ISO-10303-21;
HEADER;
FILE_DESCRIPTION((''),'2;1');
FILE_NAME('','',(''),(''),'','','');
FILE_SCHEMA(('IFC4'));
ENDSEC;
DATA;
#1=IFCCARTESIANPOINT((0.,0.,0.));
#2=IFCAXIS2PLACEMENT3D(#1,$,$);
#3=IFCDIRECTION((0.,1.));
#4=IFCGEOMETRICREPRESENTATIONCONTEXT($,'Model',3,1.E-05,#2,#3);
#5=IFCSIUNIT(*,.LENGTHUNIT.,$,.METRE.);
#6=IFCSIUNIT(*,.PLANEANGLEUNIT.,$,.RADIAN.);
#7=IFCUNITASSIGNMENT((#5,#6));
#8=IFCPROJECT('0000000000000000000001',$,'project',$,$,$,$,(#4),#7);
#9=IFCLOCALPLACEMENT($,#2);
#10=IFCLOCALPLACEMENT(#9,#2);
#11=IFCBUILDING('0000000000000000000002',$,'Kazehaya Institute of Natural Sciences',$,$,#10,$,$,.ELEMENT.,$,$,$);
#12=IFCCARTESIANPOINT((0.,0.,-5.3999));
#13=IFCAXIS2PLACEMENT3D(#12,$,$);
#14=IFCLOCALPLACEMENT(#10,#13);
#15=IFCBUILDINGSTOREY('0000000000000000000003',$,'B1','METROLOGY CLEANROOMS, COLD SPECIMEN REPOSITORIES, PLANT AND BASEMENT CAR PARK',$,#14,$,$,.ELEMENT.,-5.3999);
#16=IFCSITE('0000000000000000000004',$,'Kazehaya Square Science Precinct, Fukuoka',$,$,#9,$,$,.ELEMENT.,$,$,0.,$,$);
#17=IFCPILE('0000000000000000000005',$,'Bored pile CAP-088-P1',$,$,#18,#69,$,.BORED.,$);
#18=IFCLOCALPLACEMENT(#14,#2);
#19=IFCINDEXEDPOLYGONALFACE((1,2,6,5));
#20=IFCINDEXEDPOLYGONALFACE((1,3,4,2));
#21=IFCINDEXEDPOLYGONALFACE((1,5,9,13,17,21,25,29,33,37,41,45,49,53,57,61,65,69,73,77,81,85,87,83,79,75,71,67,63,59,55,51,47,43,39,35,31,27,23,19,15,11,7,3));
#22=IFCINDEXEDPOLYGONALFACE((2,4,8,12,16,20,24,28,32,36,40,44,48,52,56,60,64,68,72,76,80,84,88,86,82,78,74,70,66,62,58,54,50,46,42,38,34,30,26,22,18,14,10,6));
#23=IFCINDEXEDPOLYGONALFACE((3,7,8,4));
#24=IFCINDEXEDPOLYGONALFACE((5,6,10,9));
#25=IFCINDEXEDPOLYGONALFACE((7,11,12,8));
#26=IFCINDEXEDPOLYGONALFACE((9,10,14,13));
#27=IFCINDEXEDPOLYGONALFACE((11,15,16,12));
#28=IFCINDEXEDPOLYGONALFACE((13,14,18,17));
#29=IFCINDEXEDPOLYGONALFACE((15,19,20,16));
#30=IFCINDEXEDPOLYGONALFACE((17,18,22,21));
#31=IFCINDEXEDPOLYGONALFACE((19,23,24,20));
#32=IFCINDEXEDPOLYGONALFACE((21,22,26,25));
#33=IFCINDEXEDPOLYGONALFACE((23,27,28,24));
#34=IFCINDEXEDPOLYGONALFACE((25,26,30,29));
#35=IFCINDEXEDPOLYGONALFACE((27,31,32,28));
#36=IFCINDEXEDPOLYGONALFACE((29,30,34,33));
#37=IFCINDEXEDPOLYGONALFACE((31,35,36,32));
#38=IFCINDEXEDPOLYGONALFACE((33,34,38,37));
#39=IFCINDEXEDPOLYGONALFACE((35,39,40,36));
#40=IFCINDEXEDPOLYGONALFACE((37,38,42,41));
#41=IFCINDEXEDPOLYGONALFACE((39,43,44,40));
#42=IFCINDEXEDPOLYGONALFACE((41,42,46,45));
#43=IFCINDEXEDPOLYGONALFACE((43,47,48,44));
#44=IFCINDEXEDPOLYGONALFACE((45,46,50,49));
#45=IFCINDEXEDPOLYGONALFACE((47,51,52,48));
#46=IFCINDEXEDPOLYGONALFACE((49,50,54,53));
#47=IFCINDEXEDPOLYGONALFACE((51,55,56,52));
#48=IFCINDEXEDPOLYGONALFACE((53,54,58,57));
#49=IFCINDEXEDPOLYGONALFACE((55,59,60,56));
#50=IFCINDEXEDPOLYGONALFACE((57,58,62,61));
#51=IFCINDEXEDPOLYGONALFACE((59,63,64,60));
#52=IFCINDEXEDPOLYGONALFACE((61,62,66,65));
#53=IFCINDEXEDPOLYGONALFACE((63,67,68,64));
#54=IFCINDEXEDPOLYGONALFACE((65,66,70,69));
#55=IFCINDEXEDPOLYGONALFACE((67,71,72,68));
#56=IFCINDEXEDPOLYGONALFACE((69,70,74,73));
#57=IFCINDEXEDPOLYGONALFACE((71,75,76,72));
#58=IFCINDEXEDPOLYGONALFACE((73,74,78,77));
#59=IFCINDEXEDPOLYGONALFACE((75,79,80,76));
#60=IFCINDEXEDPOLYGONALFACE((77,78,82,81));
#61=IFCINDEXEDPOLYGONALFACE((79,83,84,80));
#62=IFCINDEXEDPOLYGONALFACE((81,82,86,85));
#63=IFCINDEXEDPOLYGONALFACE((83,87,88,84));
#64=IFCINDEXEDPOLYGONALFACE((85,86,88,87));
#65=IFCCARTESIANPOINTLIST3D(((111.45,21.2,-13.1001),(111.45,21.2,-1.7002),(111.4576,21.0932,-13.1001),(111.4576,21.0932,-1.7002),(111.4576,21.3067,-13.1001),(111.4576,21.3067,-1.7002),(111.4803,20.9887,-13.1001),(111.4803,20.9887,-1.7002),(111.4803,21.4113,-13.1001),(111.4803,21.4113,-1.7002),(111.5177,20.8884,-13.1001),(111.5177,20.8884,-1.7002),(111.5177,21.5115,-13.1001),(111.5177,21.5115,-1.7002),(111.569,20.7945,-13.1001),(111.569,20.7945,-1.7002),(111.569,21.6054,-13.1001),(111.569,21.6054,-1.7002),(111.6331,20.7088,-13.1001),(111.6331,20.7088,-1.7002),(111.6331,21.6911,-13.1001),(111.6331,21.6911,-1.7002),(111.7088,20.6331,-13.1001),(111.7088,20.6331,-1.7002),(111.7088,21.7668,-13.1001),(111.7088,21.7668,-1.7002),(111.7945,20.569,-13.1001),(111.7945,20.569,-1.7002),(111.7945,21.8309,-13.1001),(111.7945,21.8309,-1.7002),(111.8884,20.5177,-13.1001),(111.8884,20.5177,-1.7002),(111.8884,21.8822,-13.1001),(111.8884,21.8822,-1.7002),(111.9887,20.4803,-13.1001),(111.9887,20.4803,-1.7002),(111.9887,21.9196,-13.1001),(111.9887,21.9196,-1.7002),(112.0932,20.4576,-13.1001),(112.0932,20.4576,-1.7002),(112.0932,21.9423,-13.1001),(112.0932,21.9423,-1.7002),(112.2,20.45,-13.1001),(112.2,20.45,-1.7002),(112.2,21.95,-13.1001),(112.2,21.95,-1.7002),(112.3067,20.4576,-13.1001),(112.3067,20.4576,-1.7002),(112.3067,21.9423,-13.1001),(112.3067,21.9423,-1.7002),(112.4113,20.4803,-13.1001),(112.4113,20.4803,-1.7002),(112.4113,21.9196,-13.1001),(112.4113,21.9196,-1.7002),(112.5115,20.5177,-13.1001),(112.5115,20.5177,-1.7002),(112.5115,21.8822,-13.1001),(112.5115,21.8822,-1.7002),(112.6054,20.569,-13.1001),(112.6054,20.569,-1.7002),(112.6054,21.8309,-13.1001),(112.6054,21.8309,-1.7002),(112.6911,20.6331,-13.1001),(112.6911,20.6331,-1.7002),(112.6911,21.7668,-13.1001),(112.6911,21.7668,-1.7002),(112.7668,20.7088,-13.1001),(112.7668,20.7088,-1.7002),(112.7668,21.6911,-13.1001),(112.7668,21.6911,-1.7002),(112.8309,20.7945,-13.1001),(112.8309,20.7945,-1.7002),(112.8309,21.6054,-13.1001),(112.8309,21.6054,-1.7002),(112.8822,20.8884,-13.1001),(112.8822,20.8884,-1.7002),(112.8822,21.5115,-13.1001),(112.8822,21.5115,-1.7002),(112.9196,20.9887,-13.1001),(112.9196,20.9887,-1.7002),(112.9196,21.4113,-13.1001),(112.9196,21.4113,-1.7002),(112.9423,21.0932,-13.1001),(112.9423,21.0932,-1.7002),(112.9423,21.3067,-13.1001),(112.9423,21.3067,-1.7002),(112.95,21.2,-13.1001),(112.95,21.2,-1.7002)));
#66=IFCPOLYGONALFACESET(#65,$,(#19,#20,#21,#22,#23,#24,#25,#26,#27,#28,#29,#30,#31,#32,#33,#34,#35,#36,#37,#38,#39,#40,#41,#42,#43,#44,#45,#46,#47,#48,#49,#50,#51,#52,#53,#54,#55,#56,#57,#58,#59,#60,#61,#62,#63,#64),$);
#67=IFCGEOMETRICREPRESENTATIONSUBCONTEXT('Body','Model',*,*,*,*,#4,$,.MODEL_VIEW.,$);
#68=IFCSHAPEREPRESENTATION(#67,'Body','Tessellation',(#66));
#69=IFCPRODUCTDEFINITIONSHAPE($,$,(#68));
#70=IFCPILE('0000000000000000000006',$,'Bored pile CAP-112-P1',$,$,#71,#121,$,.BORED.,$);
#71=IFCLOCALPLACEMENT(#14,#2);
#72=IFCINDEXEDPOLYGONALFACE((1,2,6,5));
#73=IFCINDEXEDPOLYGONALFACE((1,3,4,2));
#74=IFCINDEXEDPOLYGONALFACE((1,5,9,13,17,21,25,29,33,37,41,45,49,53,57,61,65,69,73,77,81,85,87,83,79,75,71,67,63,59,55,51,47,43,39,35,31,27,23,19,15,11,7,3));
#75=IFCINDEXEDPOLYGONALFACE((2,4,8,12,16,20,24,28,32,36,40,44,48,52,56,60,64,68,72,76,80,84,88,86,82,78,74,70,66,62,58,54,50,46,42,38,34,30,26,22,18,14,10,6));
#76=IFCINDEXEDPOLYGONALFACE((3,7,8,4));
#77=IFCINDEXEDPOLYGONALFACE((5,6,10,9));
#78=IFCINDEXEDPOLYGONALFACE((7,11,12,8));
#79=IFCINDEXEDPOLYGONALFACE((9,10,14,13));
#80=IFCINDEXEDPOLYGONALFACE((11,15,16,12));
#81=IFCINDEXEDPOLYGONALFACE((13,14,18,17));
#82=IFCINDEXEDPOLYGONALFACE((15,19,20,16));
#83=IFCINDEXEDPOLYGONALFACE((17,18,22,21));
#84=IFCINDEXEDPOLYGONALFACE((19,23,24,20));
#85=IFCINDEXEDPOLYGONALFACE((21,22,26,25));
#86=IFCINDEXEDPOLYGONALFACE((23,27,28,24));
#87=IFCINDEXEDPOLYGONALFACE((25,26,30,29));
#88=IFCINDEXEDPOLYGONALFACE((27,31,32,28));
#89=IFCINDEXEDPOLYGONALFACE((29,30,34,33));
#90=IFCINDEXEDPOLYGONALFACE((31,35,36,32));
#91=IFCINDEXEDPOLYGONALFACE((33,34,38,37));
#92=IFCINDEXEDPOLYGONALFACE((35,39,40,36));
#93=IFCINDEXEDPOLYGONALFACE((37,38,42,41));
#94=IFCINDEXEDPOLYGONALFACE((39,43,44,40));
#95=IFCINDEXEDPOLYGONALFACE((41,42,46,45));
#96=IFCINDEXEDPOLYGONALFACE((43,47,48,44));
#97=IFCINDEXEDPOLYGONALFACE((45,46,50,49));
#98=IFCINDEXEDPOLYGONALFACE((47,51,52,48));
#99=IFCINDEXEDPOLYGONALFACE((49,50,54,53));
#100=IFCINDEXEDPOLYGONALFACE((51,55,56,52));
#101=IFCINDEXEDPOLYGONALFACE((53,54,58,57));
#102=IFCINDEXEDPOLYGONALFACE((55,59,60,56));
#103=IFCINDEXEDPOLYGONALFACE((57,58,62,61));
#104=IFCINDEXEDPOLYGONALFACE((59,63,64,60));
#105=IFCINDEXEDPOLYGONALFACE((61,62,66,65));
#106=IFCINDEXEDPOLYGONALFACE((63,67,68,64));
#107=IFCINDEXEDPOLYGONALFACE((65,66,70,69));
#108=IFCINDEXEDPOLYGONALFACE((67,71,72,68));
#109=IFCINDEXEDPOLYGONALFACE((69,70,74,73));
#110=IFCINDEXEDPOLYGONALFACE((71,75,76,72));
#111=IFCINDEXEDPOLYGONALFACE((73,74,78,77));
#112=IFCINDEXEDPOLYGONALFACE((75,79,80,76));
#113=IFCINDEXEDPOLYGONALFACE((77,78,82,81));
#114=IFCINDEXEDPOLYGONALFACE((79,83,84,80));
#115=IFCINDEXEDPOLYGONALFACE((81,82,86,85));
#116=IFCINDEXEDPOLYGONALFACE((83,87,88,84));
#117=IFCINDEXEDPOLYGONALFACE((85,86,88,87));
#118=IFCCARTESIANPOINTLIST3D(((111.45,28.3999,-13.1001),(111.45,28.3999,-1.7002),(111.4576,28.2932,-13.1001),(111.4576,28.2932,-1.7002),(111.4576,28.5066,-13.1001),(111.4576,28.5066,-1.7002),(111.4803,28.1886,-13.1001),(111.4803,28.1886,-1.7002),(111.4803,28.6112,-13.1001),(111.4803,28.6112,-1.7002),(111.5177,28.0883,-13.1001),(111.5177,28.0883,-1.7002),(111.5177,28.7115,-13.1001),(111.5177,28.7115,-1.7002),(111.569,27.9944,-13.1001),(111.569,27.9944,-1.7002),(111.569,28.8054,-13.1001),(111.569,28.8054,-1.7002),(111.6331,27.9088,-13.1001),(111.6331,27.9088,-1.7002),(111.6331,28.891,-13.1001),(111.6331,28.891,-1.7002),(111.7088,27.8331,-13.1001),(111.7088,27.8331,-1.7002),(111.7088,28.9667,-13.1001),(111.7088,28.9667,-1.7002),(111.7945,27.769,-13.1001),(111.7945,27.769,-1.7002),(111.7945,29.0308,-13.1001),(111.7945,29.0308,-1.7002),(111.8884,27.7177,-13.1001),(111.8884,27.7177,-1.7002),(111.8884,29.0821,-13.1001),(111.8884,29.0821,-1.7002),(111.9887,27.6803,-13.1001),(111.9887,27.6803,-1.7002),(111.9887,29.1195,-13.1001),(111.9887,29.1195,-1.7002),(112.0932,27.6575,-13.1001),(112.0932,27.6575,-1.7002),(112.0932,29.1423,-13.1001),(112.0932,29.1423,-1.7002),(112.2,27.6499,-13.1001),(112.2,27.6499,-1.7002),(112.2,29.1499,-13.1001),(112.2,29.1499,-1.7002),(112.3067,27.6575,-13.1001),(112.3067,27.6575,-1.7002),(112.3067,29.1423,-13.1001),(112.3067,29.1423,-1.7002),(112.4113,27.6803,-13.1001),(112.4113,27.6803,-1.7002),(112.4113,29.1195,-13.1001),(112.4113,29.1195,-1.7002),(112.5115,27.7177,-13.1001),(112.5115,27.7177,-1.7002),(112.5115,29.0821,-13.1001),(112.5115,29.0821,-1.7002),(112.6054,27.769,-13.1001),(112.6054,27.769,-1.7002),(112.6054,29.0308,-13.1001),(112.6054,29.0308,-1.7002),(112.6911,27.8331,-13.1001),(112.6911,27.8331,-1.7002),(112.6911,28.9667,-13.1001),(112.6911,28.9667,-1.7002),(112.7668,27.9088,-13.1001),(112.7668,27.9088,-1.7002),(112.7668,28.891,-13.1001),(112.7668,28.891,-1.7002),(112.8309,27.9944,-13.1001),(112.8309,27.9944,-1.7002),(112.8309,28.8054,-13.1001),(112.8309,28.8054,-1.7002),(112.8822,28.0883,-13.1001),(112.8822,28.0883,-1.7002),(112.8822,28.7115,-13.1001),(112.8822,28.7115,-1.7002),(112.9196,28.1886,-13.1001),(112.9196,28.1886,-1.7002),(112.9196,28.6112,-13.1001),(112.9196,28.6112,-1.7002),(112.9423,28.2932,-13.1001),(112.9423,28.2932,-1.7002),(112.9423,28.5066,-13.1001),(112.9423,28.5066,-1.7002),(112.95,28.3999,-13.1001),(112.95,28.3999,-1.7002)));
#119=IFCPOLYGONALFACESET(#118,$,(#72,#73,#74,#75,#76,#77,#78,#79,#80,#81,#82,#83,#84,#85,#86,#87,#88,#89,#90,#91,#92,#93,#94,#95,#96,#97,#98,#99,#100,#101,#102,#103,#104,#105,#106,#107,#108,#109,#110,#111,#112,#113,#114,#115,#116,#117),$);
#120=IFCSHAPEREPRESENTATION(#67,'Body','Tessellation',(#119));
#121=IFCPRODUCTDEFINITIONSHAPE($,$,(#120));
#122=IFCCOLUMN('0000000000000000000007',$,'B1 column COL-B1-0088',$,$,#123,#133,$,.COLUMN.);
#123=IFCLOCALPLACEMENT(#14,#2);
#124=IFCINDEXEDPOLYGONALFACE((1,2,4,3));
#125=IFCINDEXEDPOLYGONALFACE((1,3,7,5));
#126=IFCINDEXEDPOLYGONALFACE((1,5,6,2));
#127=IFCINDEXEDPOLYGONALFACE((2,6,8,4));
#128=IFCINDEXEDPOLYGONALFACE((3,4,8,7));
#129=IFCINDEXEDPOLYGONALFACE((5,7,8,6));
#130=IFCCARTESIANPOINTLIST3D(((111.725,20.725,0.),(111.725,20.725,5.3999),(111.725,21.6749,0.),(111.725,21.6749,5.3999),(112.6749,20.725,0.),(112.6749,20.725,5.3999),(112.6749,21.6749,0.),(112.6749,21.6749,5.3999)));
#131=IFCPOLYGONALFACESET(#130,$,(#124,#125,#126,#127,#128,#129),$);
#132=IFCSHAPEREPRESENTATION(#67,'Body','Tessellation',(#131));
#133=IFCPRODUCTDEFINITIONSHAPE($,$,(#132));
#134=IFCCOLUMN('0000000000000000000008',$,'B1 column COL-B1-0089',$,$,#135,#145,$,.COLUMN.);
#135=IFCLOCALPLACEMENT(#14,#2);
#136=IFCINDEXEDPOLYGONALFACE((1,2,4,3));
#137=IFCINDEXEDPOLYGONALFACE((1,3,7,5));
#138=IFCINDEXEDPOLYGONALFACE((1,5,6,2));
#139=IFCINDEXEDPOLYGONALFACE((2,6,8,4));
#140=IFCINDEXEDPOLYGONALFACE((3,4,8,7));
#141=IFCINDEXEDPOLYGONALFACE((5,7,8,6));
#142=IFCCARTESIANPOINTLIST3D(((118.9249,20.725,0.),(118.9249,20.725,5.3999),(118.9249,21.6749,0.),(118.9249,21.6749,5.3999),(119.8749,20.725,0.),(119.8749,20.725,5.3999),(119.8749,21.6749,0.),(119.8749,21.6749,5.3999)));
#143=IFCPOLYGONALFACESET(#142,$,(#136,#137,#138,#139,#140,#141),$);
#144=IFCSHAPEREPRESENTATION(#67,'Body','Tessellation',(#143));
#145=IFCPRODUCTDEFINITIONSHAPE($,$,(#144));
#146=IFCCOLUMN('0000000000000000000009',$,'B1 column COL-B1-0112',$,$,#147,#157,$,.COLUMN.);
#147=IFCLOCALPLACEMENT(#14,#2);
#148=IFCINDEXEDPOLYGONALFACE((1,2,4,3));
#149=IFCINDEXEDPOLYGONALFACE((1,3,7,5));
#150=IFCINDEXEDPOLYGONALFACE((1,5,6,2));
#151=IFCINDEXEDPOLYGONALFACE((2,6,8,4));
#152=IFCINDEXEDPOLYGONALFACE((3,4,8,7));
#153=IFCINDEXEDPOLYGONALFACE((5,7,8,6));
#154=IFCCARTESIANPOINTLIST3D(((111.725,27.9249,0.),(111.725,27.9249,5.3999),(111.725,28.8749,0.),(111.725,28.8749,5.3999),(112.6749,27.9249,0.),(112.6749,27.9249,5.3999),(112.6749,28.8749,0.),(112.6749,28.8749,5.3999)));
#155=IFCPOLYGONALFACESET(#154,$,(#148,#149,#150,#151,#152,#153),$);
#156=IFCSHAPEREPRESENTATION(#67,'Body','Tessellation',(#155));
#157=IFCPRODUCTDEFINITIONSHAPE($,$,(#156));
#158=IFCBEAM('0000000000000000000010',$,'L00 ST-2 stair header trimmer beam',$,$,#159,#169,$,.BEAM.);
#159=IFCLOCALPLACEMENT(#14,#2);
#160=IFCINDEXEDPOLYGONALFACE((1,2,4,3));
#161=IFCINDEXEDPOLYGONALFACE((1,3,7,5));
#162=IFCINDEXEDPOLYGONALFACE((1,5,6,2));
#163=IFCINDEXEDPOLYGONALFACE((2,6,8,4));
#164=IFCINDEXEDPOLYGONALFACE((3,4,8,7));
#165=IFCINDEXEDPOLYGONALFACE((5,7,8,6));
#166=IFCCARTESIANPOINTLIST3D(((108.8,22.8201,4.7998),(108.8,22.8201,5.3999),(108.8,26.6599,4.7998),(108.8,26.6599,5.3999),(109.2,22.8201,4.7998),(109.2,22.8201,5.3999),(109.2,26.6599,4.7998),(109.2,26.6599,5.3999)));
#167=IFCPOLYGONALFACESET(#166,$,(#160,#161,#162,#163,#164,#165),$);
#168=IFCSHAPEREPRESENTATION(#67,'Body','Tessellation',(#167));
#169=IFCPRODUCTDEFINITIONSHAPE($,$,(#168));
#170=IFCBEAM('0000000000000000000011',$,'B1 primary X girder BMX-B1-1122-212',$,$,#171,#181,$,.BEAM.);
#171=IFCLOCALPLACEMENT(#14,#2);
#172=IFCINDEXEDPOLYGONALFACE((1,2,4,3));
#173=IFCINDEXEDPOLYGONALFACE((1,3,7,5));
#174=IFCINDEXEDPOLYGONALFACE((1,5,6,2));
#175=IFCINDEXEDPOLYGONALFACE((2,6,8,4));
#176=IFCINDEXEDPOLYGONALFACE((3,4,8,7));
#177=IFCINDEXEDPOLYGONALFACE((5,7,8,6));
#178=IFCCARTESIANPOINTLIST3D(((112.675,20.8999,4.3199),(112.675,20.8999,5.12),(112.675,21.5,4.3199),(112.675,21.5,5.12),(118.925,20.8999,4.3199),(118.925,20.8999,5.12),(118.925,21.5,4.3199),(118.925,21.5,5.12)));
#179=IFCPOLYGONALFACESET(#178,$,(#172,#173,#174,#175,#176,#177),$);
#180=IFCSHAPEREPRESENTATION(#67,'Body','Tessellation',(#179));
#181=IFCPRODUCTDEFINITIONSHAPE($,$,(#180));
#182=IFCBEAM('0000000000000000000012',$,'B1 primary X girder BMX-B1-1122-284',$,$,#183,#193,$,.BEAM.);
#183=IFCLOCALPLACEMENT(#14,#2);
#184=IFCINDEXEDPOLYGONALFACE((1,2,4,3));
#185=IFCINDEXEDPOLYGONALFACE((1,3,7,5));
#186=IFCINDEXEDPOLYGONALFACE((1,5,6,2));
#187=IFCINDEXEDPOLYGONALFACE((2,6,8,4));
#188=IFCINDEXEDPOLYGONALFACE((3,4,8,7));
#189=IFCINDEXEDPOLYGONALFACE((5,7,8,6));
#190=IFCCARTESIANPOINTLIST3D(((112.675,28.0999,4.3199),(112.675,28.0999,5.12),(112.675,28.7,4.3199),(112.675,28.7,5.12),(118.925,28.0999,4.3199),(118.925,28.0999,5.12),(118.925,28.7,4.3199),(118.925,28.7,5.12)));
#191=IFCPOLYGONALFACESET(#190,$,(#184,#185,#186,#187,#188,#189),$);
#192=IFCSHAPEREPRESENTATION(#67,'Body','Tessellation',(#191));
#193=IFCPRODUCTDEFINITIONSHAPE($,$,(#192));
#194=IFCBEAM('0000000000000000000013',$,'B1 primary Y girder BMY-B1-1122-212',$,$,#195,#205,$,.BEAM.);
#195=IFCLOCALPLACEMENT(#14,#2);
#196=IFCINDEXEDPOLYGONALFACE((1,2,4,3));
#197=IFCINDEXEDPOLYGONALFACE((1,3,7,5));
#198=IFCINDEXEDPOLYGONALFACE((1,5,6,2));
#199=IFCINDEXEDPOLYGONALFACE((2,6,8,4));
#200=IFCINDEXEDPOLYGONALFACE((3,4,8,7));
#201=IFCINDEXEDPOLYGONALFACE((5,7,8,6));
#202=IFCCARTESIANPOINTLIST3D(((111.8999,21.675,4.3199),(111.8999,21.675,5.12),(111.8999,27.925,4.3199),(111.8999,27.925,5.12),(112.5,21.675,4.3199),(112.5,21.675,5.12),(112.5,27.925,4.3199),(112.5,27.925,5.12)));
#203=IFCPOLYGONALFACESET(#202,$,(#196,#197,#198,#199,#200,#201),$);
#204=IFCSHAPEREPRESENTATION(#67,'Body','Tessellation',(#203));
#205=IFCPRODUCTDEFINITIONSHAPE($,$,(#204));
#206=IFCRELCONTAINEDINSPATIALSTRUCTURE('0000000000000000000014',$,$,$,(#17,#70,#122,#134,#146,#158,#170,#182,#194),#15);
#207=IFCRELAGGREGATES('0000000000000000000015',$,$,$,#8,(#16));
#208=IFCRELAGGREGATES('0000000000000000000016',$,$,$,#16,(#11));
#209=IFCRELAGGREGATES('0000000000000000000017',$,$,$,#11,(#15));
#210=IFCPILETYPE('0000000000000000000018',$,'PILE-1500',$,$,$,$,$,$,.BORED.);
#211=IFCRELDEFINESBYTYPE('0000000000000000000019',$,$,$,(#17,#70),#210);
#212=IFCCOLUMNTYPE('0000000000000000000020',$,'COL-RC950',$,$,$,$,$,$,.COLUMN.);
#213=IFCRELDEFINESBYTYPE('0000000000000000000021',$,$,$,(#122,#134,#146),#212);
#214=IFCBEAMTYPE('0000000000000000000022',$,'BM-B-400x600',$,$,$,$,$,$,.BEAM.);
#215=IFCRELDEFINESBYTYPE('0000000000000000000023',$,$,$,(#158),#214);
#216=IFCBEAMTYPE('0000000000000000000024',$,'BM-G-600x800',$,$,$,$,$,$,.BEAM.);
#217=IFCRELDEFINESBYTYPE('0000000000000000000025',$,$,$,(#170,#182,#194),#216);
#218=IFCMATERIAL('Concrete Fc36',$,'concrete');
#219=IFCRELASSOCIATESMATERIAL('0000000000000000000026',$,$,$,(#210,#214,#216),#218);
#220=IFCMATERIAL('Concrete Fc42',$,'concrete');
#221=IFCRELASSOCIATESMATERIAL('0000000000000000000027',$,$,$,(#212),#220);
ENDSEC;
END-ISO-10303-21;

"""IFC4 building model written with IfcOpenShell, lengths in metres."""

from ifc_helpers import new_model, si_unit, direction, frame, origin, origin_2d, place, context, subcontext, project, spatial, rectangle, circle, extrude, material, material_profile, profile_set, type_object, element, save


model = new_model("IFC4")

# Units and contexts
model_context = context("Model", 3, precision=1e-05, world=origin(), true_north=direction((0.0, 1.0)))
body_context = subcontext(model_context, "Body", "Model", "MODEL_VIEW")
ifc_project = project(units=[si_unit("LENGTHUNIT", "METRE"), si_unit("PLANEANGLEUNIT", "RADIAN")], contexts=[model_context])

# Site, building, storey
site_placement = place(None, origin())
site = spatial("IfcSite", under=ifc_project, at=site_placement, Name="Kazehaya Square Science Precinct, Fukuoka", CompositionType="ELEMENT", RefElevation=0.0)
building_placement = place(site_placement, origin())
building = spatial("IfcBuilding", under=site, at=building_placement, Name="Kazehaya Institute of Natural Sciences", CompositionType="ELEMENT")
storey_placement = place(building_placement, frame((0.0, 0.0, -5.3999)))
storey = spatial("IfcBuildingStorey", under=building, at=storey_placement, Name="B1", Description="METROLOGY CLEANROOMS, COLD SPECIMEN REPOSITORIES, PLANT AND BASEMENT CAR PARK", CompositionType="ELEMENT", Elevation=-5.3999)

# Shared definitions
ifc_material_1 = material(Name="Concrete Fc36", Category="concrete")

# Piles
ifc_material_profile_1 = material_profile(ifc_material_1, circle(Radius=0.75, at=origin_2d()), Name="PILE-1500")
ifc_profile_set_1 = profile_set([ifc_material_profile_1], Name="Concrete Fc36")
pile_type_1 = type_object("IfcPileType", Name="PILE-1500", PredefinedType="BORED", material=ifc_profile_set_1)
for number, where, z_axis, x_axis, name in (
    (1, (112.2, 21.2, -1.7002), (0.0, 0.0, -1.0), (1.0, 0.0, 0.0), "Bored pile CAP-088-P1"),
    (2, (112.2, 28.3999, -1.7002), (0.0, 0.0, -1.0), (1.0, 0.0, 0.0), "Bored pile CAP-112-P1"),
):
    element("IfcPile", number, at=place(storey_placement, frame(where, z_axis=z_axis, x_axis=x_axis)), inside=storey, type_object=pile_type_1, Name=name, PredefinedType="BORED", context=body_context, shape_type="SweptSolid", body=[
        extrude(circle(Radius=0.75, at=origin_2d()), origin(), (0.0, 0.0, 1.0), 11.3999),
    ])

# Columns
ifc_material_2 = material(Name="Concrete Fc42", Category="concrete")
ifc_material_profile_2 = material_profile(ifc_material_2, rectangle(XDim=0.95, YDim=0.95, at=origin_2d()), Name="RC-950x950")
ifc_profile_set_2 = profile_set([ifc_material_profile_2], Name="Concrete Fc42")
column_type = type_object("IfcColumnType", Name="COL-RC950", PredefinedType="COLUMN", material=ifc_profile_set_2)
for number, where, z_axis, x_axis, name in (
    (3, (112.2, 21.2, 0.0), (0.0, 0.0, 1.0), (1.0, 0.0, 0.0), "B1 column COL-B1-0088"),
    (4, (119.3999, 21.2, 0.0), (0.0, 0.0, 1.0), (1.0, 0.0, 0.0), "B1 column COL-B1-0089"),
    (5, (112.2, 28.3999, 0.0), (0.0, 0.0, 1.0), (1.0, 0.0, 0.0), "B1 column COL-B1-0112"),
):
    element("IfcColumn", number, at=place(storey_placement, frame(where, z_axis=z_axis, x_axis=x_axis)), inside=storey, type_object=column_type, Name=name, PredefinedType="COLUMN", context=body_context, shape_type="SweptSolid", body=[
        extrude(rectangle(XDim=0.95, YDim=0.95, at=origin_2d()), origin(), (0.0, 0.0, 1.0), 5.3999),
    ])

# Beams
ifc_material_profile_3 = material_profile(ifc_material_1, rectangle(XDim=0.3999, YDim=0.6001, at=origin_2d()), Name="RC-400x600")
ifc_profile_set_3 = profile_set([ifc_material_profile_3], Name="Concrete Fc36")
beam_type_1 = type_object("IfcBeamType", Name="BM-B-400x600", PredefinedType="BEAM", material=ifc_profile_set_3)
beam_1_placement = place(storey_placement, frame((109.0, 22.8201, 5.0999), z_axis=(0.0, 1.0, 0.0), x_axis=(-1.0, 0.0, 0.0)))
element("IfcBeam", 6, at=beam_1_placement, inside=storey, type_object=beam_type_1, Name="L00 ST-2 stair header trimmer beam", PredefinedType="BEAM", context=body_context, shape_type="SweptSolid", body=[
    extrude(rectangle(XDim=0.3999, YDim=0.6001, at=origin_2d()), origin(), (0.0, 0.0, 1.0), 3.8398),
])
ifc_material_profile_4 = material_profile(ifc_material_1, rectangle(XDim=0.6001, YDim=0.8, at=origin_2d()), Name="RC-600x800")
ifc_profile_set_4 = profile_set([ifc_material_profile_4], Name="Concrete Fc36")
beam_type_2 = type_object("IfcBeamType", Name="BM-G-600x800", PredefinedType="BEAM", material=ifc_profile_set_4)
for number, where, z_axis, x_axis, name in (
    (7, (112.675, 21.2, 4.72), (1.0, 0.0, 0.0), (0.0, 1.0, 0.0), "B1 primary X girder BMX-B1-1122-212"),
    (8, (112.675, 28.3999, 4.72), (1.0, 0.0, 0.0), (0.0, 1.0, 0.0), "B1 primary X girder BMX-B1-1122-284"),
    (9, (112.2, 21.675, 4.72), (0.0, 1.0, 0.0), (-1.0, 0.0, 0.0), "B1 primary Y girder BMY-B1-1122-212"),
):
    element("IfcBeam", number, at=place(storey_placement, frame(where, z_axis=z_axis, x_axis=x_axis)), inside=storey, type_object=beam_type_2, Name=name, PredefinedType="BEAM", context=body_context, shape_type="SweptSolid", body=[
        extrude(rectangle(XDim=0.6001, YDim=0.8, at=origin_2d()), origin(), (0.0, 0.0, 1.0), 6.25),
    ])

save(model, "model.ifc")
